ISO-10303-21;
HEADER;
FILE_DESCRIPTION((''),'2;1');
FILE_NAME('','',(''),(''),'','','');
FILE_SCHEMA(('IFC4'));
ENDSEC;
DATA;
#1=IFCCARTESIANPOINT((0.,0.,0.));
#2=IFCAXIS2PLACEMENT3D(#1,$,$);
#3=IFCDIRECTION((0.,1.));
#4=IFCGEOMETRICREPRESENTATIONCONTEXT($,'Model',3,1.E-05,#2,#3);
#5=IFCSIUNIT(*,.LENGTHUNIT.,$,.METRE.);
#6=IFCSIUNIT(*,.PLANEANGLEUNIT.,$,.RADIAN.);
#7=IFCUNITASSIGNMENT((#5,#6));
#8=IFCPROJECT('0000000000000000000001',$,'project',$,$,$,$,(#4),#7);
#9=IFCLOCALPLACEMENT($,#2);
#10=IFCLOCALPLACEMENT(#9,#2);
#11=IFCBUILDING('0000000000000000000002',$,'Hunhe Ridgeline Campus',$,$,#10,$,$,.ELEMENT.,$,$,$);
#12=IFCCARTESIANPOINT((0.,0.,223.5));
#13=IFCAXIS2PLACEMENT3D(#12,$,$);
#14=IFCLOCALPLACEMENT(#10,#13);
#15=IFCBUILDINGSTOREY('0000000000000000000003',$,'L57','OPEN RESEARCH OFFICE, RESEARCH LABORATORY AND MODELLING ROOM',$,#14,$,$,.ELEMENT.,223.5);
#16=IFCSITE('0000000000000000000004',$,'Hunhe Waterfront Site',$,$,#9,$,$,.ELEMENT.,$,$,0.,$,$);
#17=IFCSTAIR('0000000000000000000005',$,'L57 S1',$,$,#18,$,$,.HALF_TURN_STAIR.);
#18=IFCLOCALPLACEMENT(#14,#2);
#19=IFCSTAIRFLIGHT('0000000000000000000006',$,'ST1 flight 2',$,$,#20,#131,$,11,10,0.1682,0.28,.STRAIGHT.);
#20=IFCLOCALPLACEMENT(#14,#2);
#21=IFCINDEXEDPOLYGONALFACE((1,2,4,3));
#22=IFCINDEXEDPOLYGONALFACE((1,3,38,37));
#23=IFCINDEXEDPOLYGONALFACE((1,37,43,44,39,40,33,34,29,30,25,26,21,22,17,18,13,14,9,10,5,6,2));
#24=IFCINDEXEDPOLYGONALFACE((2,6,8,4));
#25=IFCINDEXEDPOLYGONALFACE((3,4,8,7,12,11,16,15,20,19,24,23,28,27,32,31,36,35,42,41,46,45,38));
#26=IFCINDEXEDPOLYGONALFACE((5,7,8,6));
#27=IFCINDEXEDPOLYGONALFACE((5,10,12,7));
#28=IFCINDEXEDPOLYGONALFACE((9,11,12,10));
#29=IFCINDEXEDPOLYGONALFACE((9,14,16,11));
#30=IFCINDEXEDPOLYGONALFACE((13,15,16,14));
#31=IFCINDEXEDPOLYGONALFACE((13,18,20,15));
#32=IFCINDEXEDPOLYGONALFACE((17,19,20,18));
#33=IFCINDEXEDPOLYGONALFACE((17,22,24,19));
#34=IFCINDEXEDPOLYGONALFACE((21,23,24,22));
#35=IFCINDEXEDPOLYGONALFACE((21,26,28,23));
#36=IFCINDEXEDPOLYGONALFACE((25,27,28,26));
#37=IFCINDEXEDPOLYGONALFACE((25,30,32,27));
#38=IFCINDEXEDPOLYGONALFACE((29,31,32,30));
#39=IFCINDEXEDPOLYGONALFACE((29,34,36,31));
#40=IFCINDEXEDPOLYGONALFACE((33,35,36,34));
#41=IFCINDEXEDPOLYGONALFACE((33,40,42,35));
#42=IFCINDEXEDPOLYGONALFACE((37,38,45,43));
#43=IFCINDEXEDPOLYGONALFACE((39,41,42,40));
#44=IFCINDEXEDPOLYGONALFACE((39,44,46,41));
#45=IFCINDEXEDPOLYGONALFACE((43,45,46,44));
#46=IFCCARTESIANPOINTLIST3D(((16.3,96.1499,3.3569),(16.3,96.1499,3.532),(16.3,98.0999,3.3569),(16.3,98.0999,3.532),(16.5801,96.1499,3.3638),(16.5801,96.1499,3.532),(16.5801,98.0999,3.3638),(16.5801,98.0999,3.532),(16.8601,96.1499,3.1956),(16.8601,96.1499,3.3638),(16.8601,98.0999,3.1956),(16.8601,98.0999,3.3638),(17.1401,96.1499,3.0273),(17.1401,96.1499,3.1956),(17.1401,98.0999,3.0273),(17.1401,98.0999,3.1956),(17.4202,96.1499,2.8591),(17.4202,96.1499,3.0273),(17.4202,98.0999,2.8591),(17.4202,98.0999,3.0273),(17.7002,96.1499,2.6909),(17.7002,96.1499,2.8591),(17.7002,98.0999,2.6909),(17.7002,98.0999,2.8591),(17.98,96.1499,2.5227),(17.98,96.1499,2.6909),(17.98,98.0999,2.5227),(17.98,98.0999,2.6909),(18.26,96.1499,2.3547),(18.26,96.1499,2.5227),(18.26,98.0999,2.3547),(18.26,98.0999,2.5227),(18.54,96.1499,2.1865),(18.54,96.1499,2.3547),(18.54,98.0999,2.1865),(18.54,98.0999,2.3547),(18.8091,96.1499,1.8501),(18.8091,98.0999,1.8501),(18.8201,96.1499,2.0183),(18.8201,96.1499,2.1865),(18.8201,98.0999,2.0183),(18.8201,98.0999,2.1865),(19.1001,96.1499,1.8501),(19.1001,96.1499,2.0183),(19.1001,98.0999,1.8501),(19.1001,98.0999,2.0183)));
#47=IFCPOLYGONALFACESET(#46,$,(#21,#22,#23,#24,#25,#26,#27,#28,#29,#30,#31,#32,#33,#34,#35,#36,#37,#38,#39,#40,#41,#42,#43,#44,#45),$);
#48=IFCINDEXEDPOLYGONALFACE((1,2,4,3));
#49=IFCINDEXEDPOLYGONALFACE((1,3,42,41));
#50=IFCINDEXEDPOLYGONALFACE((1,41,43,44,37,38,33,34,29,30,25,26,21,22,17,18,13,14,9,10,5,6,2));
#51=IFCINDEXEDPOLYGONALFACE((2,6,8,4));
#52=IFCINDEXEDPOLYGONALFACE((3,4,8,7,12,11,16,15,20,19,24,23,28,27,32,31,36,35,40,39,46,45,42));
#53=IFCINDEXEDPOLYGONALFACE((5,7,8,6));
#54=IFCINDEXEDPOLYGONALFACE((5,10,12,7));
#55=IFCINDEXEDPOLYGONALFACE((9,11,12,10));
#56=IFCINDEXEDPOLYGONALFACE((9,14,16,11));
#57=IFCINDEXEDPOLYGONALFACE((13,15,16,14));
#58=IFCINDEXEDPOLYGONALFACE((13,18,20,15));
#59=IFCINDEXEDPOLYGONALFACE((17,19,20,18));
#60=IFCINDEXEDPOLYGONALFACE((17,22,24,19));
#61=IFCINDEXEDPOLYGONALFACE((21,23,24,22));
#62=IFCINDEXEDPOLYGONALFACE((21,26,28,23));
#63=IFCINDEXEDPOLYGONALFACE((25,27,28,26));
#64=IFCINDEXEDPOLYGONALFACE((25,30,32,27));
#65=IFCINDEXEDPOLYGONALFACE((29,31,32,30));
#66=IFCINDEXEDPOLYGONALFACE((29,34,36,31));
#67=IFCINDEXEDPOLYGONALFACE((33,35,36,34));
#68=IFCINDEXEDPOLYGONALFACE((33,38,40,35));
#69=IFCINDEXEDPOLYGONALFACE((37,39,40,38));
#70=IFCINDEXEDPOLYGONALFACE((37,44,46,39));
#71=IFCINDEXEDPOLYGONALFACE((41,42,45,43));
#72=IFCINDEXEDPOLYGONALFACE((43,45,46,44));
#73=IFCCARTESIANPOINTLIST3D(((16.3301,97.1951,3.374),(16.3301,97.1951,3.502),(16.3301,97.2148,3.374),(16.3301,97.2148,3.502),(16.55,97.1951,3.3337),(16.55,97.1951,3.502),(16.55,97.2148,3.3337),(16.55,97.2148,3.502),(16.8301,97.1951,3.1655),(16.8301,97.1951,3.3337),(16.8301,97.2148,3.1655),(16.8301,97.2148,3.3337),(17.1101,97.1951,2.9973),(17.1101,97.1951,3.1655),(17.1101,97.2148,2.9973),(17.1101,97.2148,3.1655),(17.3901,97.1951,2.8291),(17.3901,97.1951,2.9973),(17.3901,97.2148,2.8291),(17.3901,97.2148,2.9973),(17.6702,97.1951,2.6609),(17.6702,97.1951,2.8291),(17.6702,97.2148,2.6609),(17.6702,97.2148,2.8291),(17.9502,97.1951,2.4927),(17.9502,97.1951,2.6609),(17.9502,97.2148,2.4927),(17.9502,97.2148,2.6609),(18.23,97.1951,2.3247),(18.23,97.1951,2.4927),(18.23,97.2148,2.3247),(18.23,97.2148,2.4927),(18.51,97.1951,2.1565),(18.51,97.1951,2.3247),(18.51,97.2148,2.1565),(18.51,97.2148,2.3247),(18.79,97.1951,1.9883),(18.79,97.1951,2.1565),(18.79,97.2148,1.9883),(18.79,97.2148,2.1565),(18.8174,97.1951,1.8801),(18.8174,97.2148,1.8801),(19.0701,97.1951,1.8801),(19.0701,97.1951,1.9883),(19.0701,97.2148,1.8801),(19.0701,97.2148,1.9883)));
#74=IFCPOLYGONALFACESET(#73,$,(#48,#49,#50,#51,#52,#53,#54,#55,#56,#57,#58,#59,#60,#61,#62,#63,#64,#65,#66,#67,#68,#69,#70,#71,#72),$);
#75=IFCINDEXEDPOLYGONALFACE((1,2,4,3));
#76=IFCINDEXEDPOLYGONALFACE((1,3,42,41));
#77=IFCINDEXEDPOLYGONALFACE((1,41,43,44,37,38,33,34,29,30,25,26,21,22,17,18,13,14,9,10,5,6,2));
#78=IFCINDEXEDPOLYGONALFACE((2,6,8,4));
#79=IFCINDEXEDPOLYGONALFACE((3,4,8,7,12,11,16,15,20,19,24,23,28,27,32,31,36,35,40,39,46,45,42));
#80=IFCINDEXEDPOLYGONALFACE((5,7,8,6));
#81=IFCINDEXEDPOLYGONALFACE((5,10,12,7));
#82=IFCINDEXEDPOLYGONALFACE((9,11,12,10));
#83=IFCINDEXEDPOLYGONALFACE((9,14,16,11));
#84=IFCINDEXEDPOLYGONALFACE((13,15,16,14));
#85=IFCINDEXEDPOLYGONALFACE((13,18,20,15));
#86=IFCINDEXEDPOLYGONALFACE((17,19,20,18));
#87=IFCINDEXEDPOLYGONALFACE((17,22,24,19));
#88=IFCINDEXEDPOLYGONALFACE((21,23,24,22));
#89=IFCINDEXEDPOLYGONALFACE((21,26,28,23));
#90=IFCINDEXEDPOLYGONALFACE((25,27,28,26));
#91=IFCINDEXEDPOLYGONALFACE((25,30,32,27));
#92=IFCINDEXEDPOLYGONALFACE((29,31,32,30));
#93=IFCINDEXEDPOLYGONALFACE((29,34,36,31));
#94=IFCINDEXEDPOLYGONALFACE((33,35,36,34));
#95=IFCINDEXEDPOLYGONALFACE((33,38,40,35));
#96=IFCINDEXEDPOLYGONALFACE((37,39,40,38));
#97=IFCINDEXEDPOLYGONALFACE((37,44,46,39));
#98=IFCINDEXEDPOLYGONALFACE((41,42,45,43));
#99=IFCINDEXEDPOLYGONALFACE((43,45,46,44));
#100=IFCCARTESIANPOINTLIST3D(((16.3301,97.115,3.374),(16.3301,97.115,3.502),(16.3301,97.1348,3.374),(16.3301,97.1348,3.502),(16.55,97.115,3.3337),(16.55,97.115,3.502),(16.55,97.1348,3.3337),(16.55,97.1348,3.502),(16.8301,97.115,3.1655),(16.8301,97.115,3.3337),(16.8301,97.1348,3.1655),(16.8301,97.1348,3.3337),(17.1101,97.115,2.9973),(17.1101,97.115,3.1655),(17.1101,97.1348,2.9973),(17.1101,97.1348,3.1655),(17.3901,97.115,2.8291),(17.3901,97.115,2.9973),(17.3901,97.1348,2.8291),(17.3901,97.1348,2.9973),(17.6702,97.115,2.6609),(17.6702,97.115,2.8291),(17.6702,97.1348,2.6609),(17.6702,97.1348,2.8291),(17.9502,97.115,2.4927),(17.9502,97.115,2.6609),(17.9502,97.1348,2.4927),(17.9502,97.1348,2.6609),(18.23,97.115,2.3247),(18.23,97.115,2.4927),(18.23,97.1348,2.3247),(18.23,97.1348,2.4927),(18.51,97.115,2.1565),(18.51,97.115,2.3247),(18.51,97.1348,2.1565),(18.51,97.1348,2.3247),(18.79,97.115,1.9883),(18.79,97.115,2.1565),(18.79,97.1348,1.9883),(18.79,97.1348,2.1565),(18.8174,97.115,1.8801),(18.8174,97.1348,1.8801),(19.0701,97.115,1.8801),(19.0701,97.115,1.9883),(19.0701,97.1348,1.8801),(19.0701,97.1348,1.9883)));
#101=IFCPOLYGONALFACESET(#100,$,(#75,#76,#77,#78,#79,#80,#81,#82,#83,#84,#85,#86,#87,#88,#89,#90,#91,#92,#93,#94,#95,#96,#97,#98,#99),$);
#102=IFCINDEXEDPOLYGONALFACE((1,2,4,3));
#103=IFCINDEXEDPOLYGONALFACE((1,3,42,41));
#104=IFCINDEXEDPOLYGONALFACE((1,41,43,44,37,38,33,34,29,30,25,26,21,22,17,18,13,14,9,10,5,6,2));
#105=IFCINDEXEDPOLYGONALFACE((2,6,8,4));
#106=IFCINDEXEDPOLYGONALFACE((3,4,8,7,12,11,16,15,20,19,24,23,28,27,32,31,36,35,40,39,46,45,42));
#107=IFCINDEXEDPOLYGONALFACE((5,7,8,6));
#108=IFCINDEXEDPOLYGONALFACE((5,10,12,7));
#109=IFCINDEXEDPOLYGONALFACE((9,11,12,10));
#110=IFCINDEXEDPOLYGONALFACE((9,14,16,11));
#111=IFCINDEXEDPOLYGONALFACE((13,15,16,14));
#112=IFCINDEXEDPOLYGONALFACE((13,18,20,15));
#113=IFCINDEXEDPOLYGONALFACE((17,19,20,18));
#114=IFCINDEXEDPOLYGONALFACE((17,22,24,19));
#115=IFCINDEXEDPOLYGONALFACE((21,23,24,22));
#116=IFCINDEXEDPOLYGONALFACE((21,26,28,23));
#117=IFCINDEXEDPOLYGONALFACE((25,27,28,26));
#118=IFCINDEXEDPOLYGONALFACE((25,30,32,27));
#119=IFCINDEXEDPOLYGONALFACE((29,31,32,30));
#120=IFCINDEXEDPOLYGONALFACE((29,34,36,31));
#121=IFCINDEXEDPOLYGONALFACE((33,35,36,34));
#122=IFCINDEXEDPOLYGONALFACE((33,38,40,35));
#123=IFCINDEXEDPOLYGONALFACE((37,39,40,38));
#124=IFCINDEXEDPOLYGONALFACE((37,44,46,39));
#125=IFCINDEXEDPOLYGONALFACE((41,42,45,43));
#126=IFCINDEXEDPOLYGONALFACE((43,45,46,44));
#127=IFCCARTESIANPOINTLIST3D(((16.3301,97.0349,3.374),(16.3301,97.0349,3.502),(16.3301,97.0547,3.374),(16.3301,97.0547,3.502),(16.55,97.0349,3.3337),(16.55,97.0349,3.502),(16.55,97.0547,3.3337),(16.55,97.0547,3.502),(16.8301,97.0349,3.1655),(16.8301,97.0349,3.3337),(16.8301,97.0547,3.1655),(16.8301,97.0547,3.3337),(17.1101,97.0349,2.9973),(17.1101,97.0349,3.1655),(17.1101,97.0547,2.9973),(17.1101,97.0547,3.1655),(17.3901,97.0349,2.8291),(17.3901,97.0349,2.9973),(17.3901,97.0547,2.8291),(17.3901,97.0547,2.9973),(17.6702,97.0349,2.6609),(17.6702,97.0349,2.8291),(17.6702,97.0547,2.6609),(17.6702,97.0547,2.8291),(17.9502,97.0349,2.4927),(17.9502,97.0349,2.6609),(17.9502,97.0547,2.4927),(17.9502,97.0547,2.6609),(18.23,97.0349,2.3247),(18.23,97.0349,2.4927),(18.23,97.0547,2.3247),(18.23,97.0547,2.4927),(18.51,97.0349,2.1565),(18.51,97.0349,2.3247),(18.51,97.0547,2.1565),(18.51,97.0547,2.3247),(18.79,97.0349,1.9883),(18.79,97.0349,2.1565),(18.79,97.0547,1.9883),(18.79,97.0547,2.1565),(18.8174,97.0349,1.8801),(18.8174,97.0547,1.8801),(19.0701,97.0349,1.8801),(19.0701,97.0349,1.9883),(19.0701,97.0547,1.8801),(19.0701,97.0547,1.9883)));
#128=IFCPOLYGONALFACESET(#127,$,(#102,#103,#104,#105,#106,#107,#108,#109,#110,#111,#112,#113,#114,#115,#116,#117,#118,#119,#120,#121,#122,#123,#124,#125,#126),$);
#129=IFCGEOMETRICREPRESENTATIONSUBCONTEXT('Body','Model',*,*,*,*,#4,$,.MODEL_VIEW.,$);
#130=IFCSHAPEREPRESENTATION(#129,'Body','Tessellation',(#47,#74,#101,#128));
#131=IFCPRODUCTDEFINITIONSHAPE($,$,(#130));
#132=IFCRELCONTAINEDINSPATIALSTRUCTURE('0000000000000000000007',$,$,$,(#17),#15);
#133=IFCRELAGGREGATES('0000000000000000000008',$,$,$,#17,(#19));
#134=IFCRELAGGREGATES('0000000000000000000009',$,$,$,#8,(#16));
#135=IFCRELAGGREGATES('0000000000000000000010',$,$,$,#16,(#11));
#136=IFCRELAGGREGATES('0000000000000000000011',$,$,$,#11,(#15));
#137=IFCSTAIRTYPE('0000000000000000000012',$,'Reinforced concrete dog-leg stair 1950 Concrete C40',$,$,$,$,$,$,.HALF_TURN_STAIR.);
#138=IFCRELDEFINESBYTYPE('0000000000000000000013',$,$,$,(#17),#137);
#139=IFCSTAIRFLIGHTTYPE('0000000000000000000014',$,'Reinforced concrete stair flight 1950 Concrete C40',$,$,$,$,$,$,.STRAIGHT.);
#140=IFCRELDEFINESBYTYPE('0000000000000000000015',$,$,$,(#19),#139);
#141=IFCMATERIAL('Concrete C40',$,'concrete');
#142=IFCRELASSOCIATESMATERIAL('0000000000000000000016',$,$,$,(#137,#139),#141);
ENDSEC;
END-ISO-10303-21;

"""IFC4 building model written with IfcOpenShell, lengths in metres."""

from ifc_helpers import new_model, si_unit, direction, frame, origin, place, context, subcontext, project, spatial, polyline, outline, extrude, material, type_object, element, aggregate, save


model = new_model("IFC4")

# Units and contexts
model_context = context("Model", 3, precision=1e-05, world=origin(), true_north=direction((0.0, 1.0)))
body_context = subcontext(model_context, "Body", "Model", "MODEL_VIEW")
ifc_project = project(units=[si_unit("LENGTHUNIT", "METRE"), si_unit("PLANEANGLEUNIT", "RADIAN")], contexts=[model_context])

# Site, building, storey
site_placement = place(None, origin())
site = spatial("IfcSite", under=ifc_project, at=site_placement, Name="Hunhe Waterfront Site", CompositionType="ELEMENT", RefElevation=0.0)
building_placement = place(site_placement, origin())
building = spatial("IfcBuilding", under=site, at=building_placement, Name="Hunhe Ridgeline Campus", CompositionType="ELEMENT")
storey_placement = place(building_placement, frame((0.0, 0.0, 223.5)))
storey = spatial("IfcBuildingStorey", under=building, at=storey_placement, Name="L57", Description="OPEN RESEARCH OFFICE, RESEARCH LABORATORY AND MODELLING ROOM", CompositionType="ELEMENT", Elevation=223.5)

# Stair, stair flight
ifc_material_1 = material(Name="Concrete C40", Category="concrete")
stair_type = type_object("IfcStairType", Name="Reinforced concrete dog-leg stair 1950 Concrete C40", PredefinedType="HALF_TURN_STAIR", material=ifc_material_1)
stair_placement = place(storey_placement, origin())
stair = element("IfcStair", 1, at=stair_placement, inside=storey, type_object=stair_type, Name="L57 S1", PredefinedType="HALF_TURN_STAIR")
stair_flight_type = type_object("IfcStairFlightType", Name="Reinforced concrete stair flight 1950 Concrete C40", PredefinedType="STRAIGHT", material=ifc_material_1)
stair_flight_1_placement = place(storey_placement, frame((19.1001, 97.125, 1.8501), z_axis=(0.0, 0.0, 1.0), x_axis=(-1.0, 0.0, 0.0)))
stair_flight_1 = element("IfcStairFlight", 2, at=stair_flight_1_placement, type_object=stair_flight_type, Name="ST1 flight 2", NumberOfRisers=11, NumberOfTreads=10, PredefinedType="STRAIGHT", RiserHeight=0.1682, TreadLength=0.28, context=body_context, shape_type="SweptSolid", body=[
    extrude(outline(polyline([(0.0, 0.0), (0.0, 0.1682), (0.28, 0.1682), (0.28, 0.3364), (0.5601, 0.3364), (0.5601, 0.5046), (0.8401, 0.5046), (0.8401, 0.6726), (1.1201, 0.6726), (1.1201, 0.8408), (1.3999, 0.8408), (1.3999, 1.009), (1.6799, 1.009), (1.6799, 1.1772), (1.96, 1.1772), (1.96, 1.3455), (2.24, 1.3455), (2.24, 1.5137), (2.52, 1.5137), (2.52, 1.6819), (2.8, 1.6819), (2.8, 1.8501), (2.8, 1.5068), (0.291, 0.0), (0.0, 0.0)])), frame((0.0, 0.9751, 0.0), z_axis=(0.0, -1.0, 0.0), x_axis=(1.0, 0.0, 0.0)), (0.0, 0.0, 1.0), 1.95),
    extrude(outline(polyline([(0.03, 0.03), (0.03, 0.1382), (0.3101, 0.1382), (0.3101, 0.3064), (0.5901, 0.3064), (0.5901, 0.4746), (0.8701, 0.4746), (0.8701, 0.6426), (1.1499, 0.6426), (1.1499, 0.8108), (1.4299, 0.8108), (1.4299, 0.979), (1.71, 0.979), (1.71, 1.1472), (1.99, 1.1472), (1.99, 1.3154), (2.27, 1.3154), (2.27, 1.4836), (2.55, 1.4836), (2.55, 1.6519), (2.77, 1.6519), (2.77, 1.5239), (0.2827, 0.03), (0.03, 0.03)])), frame((0.0, -0.0701, 0.0), z_axis=(0.0, -1.0, 0.0), x_axis=(1.0, 0.0, 0.0)), (0.0, 0.0, 1.0), 0.0198),
    extrude(outline(polyline([(0.03, 0.03), (0.03, 0.1382), (0.3101, 0.1382), (0.3101, 0.3064), (0.5901, 0.3064), (0.5901, 0.4746), (0.8701, 0.4746), (0.8701, 0.6426), (1.1499, 0.6426), (1.1499, 0.8108), (1.4299, 0.8108), (1.4299, 0.979), (1.71, 0.979), (1.71, 1.1472), (1.99, 1.1472), (1.99, 1.3154), (2.27, 1.3154), (2.27, 1.4836), (2.55, 1.4836), (2.55, 1.6519), (2.77, 1.6519), (2.77, 1.5239), (0.2827, 0.03), (0.03, 0.03)])), frame((0.0, 0.01, 0.0), z_axis=(0.0, -1.0, 0.0), x_axis=(1.0, 0.0, 0.0)), (0.0, 0.0, 1.0), 0.0198),
    extrude(outline(polyline([(0.03, 0.03), (0.03, 0.1382), (0.3101, 0.1382), (0.3101, 0.3064), (0.5901, 0.3064), (0.5901, 0.4746), (0.8701, 0.4746), (0.8701, 0.6426), (1.1499, 0.6426), (1.1499, 0.8108), (1.4299, 0.8108), (1.4299, 0.979), (1.71, 0.979), (1.71, 1.1472), (1.99, 1.1472), (1.99, 1.3154), (2.27, 1.3154), (2.27, 1.4836), (2.55, 1.4836), (2.55, 1.6519), (2.77, 1.6519), (2.77, 1.5239), (0.2827, 0.03), (0.03, 0.03)])), frame((0.0, 0.0901, 0.0), z_axis=(0.0, -1.0, 0.0), x_axis=(1.0, 0.0, 0.0)), (0.0, 0.0, 1.0), 0.0198),
])
aggregate(stair, [stair_flight_1])

save(model, "model.ifc")
